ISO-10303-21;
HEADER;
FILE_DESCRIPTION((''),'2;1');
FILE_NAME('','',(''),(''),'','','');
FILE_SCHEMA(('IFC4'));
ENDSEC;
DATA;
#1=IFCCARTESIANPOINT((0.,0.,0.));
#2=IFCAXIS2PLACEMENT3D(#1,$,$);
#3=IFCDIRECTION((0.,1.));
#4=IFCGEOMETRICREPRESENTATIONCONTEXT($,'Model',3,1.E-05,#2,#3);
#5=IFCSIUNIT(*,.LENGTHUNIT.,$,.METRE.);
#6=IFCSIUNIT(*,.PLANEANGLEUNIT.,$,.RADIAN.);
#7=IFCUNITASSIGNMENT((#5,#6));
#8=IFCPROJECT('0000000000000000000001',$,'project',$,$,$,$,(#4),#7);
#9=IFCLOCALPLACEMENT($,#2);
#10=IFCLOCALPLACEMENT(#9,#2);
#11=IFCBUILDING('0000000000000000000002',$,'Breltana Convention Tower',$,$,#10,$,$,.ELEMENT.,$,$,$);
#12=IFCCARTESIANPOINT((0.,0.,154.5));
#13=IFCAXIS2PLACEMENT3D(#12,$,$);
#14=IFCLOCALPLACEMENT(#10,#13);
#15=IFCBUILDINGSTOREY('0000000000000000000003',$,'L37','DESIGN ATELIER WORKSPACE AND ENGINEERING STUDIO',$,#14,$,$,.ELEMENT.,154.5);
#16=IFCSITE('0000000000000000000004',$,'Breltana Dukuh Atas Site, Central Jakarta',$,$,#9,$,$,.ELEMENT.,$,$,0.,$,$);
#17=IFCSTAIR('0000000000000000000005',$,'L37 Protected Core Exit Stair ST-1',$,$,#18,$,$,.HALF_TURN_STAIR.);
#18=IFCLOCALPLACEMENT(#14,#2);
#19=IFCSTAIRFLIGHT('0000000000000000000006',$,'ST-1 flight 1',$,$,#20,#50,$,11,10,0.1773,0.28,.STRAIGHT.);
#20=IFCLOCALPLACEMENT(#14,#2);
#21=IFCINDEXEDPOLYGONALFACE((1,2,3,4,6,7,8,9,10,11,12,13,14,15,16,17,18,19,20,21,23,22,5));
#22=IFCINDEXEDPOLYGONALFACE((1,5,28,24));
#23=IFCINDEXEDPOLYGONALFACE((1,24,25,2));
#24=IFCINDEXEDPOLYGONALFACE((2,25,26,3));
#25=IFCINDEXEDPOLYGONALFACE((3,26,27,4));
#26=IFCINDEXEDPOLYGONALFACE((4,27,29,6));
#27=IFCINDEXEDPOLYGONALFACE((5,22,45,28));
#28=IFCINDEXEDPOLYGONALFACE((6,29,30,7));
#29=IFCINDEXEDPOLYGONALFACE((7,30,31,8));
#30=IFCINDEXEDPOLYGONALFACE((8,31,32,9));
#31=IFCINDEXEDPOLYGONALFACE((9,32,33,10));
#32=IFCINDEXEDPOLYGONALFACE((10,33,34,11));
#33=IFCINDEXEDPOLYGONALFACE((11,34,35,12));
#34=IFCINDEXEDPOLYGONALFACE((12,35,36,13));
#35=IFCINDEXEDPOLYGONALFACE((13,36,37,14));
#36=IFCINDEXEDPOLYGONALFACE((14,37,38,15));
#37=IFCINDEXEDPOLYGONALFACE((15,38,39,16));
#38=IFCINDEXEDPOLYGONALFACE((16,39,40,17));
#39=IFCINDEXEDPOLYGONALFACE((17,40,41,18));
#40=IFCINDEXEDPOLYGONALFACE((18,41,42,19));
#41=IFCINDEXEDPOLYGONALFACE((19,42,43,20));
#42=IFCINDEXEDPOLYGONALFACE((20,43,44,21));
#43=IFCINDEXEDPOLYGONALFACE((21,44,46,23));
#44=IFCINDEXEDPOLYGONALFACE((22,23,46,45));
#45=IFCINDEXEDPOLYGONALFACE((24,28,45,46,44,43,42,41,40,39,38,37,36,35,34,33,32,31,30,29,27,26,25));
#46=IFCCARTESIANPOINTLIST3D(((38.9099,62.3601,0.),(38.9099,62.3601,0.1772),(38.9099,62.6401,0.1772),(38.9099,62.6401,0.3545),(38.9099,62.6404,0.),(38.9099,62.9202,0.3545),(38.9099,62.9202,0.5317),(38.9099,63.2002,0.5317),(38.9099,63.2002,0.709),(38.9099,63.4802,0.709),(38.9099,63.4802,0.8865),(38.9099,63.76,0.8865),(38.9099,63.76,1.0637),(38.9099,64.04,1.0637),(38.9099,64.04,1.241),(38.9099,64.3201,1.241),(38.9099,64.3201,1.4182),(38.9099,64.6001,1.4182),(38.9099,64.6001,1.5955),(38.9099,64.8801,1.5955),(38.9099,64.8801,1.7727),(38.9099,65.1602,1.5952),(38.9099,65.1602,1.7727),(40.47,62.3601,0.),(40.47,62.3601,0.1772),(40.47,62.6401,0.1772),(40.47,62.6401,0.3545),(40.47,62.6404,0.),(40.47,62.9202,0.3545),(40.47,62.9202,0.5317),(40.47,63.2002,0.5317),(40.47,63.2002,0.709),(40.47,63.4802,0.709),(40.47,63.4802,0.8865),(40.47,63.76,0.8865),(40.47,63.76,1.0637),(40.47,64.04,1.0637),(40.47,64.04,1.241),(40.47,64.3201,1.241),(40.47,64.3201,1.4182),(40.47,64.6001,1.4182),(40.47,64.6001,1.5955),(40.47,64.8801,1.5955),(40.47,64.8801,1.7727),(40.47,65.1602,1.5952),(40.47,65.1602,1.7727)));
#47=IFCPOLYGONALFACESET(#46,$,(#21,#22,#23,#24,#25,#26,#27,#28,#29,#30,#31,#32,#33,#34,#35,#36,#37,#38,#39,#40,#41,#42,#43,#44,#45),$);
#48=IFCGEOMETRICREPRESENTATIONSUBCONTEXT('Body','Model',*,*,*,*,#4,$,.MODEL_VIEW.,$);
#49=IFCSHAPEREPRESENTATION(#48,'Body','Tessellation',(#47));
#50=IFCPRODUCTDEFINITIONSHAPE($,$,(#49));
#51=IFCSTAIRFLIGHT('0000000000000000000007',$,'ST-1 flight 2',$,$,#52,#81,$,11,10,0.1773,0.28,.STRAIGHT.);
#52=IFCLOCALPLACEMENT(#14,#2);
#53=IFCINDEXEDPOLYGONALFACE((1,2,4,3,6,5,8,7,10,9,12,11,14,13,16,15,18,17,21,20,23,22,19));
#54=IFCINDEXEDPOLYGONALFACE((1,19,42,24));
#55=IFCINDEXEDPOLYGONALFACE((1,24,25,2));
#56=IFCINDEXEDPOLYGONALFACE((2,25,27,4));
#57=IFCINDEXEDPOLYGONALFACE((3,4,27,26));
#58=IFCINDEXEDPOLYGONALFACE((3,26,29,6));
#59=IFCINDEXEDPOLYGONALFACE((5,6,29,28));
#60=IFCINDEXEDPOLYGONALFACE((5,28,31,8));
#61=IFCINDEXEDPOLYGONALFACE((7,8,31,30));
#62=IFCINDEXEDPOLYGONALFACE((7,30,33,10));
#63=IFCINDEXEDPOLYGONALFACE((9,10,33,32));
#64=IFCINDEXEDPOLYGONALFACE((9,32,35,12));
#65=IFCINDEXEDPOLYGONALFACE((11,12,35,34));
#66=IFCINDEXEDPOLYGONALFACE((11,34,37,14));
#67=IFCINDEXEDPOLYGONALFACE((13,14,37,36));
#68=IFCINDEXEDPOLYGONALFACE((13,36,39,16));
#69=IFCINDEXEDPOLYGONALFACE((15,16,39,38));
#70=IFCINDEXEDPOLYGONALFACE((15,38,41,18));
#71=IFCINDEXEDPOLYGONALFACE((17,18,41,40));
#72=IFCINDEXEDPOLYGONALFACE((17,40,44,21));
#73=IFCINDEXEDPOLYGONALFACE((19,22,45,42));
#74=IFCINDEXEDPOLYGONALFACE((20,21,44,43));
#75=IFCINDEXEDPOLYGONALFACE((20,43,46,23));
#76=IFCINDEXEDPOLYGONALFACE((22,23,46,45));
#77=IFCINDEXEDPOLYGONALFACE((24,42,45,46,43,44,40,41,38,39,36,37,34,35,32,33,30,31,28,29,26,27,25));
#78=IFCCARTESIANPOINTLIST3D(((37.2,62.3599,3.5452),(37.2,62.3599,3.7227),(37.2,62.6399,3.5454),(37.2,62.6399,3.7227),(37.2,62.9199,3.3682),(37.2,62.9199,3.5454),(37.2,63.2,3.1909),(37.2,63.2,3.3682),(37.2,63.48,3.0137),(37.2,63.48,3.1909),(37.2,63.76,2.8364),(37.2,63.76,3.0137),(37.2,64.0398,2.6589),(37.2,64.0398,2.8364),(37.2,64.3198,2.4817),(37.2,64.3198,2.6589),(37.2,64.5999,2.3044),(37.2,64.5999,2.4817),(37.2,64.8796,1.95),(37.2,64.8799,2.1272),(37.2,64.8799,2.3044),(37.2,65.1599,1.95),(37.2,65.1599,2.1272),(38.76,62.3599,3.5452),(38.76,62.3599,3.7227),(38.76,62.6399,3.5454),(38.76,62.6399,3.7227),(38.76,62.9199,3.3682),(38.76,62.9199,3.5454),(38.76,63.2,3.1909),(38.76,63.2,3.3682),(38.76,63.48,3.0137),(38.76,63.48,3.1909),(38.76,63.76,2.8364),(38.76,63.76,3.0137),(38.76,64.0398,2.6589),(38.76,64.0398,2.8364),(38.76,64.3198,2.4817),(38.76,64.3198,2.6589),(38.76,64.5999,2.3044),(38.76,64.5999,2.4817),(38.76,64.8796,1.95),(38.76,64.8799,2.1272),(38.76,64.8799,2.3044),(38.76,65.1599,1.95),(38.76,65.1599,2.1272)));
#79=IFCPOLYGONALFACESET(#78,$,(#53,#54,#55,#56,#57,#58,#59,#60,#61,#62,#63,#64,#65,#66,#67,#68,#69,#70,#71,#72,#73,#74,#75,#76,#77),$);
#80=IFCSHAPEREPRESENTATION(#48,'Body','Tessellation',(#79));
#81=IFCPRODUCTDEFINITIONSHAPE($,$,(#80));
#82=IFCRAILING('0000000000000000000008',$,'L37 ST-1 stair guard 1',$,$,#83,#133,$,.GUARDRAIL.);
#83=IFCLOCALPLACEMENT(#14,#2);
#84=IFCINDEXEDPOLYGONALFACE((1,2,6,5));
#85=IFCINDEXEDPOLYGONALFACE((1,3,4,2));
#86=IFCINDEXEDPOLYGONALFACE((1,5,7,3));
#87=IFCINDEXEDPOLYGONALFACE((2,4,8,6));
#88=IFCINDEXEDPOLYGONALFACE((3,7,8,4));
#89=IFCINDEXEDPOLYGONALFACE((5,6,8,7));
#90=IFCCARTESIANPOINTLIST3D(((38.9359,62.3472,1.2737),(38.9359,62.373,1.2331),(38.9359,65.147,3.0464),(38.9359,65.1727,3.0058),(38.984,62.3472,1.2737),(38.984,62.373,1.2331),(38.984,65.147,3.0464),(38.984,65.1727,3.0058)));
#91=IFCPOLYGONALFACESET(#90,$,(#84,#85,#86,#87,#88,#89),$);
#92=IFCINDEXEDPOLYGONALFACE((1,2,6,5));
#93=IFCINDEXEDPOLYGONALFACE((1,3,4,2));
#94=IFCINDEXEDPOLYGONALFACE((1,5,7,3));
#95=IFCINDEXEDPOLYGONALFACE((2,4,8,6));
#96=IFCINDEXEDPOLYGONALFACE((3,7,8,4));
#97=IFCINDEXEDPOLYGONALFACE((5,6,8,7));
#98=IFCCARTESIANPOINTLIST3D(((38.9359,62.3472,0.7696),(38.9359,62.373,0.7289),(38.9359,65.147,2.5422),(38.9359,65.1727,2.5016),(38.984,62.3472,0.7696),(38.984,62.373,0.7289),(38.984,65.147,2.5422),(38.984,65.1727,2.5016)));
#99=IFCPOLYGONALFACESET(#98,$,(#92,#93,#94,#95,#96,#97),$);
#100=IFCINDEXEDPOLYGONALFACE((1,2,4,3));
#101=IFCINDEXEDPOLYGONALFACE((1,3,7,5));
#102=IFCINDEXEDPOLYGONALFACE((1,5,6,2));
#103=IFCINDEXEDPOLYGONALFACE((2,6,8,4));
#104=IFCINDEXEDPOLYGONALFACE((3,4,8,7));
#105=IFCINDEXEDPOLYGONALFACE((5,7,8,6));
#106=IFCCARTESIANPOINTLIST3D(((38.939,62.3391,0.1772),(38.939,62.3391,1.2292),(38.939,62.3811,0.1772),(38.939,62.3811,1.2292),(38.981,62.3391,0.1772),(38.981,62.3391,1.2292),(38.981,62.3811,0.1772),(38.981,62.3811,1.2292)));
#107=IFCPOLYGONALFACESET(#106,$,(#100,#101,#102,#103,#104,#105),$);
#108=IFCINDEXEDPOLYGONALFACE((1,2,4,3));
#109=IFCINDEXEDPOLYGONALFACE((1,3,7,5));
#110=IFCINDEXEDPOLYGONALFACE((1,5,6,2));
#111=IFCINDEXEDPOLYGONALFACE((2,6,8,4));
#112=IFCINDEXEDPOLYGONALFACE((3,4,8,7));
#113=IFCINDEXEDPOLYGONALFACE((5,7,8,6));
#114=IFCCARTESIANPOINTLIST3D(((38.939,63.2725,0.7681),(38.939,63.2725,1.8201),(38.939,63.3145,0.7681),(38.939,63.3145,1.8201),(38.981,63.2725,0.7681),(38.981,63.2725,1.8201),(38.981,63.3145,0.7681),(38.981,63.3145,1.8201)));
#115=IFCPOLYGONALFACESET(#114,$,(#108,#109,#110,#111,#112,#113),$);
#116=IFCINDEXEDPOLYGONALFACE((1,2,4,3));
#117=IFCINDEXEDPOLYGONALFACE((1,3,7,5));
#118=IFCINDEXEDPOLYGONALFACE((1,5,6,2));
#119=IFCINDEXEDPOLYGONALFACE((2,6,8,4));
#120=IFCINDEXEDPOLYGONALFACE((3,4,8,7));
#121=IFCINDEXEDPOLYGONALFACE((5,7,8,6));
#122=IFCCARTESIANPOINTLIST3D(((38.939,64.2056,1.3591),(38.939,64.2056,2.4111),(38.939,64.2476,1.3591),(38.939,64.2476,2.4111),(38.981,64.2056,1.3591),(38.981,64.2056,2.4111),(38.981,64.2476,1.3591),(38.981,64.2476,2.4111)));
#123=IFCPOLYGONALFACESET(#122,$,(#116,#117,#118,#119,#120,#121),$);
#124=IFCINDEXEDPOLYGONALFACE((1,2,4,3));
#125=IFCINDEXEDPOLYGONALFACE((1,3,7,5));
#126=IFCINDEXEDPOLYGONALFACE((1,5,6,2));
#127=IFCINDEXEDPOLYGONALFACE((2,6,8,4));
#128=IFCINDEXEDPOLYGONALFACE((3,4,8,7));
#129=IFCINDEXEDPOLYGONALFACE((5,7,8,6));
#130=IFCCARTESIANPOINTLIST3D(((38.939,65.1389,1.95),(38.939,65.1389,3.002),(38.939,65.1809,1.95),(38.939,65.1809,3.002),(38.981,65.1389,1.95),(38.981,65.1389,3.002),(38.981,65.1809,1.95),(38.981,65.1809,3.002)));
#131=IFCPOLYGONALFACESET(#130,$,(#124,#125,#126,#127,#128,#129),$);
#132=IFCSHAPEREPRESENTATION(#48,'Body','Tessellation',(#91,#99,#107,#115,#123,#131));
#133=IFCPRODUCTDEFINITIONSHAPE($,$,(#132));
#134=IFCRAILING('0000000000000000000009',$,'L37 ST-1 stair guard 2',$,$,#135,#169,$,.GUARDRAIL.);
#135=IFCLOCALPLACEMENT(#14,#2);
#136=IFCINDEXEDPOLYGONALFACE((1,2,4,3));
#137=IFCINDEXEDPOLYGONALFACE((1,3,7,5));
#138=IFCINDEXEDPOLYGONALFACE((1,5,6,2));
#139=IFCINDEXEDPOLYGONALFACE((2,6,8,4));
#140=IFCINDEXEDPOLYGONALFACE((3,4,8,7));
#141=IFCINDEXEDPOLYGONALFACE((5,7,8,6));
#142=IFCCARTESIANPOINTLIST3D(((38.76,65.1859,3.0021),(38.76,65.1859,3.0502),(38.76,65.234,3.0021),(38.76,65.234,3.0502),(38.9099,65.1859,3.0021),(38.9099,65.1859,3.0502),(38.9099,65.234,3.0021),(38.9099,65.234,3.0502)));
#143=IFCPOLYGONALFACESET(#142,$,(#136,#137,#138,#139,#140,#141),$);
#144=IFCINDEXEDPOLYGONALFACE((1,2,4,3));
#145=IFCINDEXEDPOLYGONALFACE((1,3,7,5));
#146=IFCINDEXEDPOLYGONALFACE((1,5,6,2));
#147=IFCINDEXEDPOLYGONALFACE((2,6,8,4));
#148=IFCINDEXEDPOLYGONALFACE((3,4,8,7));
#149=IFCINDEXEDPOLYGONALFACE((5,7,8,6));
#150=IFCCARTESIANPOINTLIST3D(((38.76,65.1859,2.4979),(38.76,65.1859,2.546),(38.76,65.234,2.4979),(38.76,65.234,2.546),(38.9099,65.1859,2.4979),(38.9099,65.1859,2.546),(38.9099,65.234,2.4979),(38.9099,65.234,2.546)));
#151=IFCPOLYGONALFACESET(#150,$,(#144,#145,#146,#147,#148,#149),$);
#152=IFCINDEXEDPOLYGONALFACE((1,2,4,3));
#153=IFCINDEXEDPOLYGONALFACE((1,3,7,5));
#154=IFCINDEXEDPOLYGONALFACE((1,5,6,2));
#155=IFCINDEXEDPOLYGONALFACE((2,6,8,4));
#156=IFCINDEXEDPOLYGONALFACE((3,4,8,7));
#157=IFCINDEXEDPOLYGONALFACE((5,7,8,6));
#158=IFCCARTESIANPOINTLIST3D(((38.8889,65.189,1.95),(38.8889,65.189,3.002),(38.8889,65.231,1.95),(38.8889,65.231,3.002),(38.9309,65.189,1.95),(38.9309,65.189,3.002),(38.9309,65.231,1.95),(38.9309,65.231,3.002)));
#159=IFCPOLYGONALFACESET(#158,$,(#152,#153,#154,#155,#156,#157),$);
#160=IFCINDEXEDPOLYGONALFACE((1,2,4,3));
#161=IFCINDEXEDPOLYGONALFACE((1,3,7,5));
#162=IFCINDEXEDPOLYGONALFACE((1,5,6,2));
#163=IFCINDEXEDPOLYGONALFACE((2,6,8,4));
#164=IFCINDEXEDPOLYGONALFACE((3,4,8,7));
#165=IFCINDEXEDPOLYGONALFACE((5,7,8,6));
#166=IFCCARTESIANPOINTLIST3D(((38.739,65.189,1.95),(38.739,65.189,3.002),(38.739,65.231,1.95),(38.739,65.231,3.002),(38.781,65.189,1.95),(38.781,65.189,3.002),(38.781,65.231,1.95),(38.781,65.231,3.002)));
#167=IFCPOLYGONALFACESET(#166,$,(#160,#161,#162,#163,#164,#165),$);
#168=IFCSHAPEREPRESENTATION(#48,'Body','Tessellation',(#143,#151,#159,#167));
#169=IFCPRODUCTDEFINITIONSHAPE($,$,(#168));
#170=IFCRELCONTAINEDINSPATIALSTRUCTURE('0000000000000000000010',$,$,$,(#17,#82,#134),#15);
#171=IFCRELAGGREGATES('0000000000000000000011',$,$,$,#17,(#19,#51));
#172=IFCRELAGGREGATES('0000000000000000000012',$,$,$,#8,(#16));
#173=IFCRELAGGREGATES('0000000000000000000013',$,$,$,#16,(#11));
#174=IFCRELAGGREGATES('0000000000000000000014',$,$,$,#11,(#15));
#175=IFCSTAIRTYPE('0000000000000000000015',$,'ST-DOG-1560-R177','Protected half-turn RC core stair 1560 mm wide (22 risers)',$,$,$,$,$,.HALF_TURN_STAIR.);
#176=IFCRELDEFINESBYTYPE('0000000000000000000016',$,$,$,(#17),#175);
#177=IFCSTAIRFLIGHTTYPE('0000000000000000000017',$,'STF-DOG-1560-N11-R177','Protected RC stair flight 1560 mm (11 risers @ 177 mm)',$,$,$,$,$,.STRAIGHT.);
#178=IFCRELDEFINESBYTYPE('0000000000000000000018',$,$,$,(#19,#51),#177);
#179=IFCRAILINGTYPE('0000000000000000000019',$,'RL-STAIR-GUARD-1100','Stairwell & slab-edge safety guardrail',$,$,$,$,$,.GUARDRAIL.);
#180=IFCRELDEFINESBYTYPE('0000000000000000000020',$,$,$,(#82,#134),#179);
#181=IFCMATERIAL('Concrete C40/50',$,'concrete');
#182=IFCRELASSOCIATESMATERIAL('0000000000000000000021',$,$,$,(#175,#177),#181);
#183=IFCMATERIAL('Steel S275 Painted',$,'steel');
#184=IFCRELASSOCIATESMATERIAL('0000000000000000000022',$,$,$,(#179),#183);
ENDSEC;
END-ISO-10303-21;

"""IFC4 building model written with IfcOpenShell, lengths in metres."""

from ifc_helpers import new_model, si_unit, direction, frame, origin, origin_2d, place, context, subcontext, project, spatial, polyline, rectangle, outline, extrude, material, type_object, element, aggregate, save


model = new_model("IFC4")

# Units and contexts
model_context = context("Model", 3, precision=1e-05, world=origin(), true_north=direction((0.0, 1.0)))
body_context = subcontext(model_context, "Body", "Model", "MODEL_VIEW")
ifc_project = project(units=[si_unit("LENGTHUNIT", "METRE"), si_unit("PLANEANGLEUNIT", "RADIAN")], contexts=[model_context])

# Site, building, storey
site_placement = place(None, origin())
site = spatial("IfcSite", under=ifc_project, at=site_placement, Name="Breltana Dukuh Atas Site, Central Jakarta", CompositionType="ELEMENT", RefElevation=0.0)
building_placement = place(site_placement, origin())
building = spatial("IfcBuilding", under=site, at=building_placement, Name="Breltana Convention Tower", CompositionType="ELEMENT")
storey_placement = place(building_placement, frame((0.0, 0.0, 154.5)))
storey = spatial("IfcBuildingStorey", under=building, at=storey_placement, Name="L37", Description="DESIGN ATELIER WORKSPACE AND ENGINEERING STUDIO", CompositionType="ELEMENT", Elevation=154.5)

# Stair, stair flights
ifc_material_1 = material(Name="Concrete C40/50", Category="concrete")
stair_type = type_object("IfcStairType", Name="ST-DOG-1560-R177", Description="Protected half-turn RC core stair 1560 mm wide (22 risers)", PredefinedType="HALF_TURN_STAIR", material=ifc_material_1)
stair_placement = place(storey_placement, origin())
stair = element("IfcStair", 1, at=stair_placement, inside=storey, type_object=stair_type, Name="L37 Protected Core Exit Stair ST-1", PredefinedType="HALF_TURN_STAIR")
stair_flight_type = type_object("IfcStairFlightType", Name="STF-DOG-1560-N11-R177", Description="Protected RC stair flight 1560 mm (11 risers @ 177 mm)", PredefinedType="STRAIGHT", material=ifc_material_1)
stair_flight_1_placement = place(storey_placement, frame((39.6899, 62.3601, 0.0), z_axis=(0.0, 0.0, 1.0), x_axis=(0.0, 1.0, 0.0)))
stair_flight_1 = element("IfcStairFlight", 2, at=stair_flight_1_placement, type_object=stair_flight_type, Name="ST-1 flight 1", NumberOfRisers=11, NumberOfTreads=10, PredefinedType="STRAIGHT", RiserHeight=0.1773, TreadLength=0.28, context=body_context, shape_type="SweptSolid", body=[
    extrude(outline(polyline([(0.0, 0.0), (0.0, 0.1772), (0.28, 0.1772), (0.28, 0.3545), (0.5601, 0.3545), (0.5601, 0.5317), (0.8401, 0.5317), (0.8401, 0.709), (1.1201, 0.709), (1.1201, 0.8865), (1.3999, 0.8865), (1.3999, 1.0637), (1.6799, 1.0637), (1.6799, 1.241), (1.96, 1.241), (1.96, 1.4182), (2.24, 1.4182), (2.24, 1.5955), (2.52, 1.5955), (2.52, 1.7727), (2.8, 1.7727), (2.8, 1.95), (2.8, 1.5952), (0.2803, 0.0), (0.0, 0.0)])), frame((0.0, 0.78, 0.0), z_axis=(0.0, -1.0, 0.0), x_axis=(1.0, 0.0, 0.0)), (0.0, 0.0, 1.0), 1.5601),
])
stair_flight_2_placement = place(storey_placement, frame((37.98, 65.1599, 1.95), z_axis=(0.0, 0.0, 1.0), x_axis=(0.0, -1.0, 0.0)))
stair_flight_2 = element("IfcStairFlight", 3, at=stair_flight_2_placement, type_object=stair_flight_type, Name="ST-1 flight 2", NumberOfRisers=11, NumberOfTreads=10, PredefinedType="STRAIGHT", RiserHeight=0.1773, TreadLength=0.28, context=body_context, shape_type="SweptSolid", body=[
    extrude(outline(polyline([(0.0, 0.0), (0.0, 0.1772), (0.28, 0.1772), (0.28, 0.3545), (0.5601, 0.3545), (0.5601, 0.5317), (0.8401, 0.5317), (0.8401, 0.709), (1.1201, 0.709), (1.1201, 0.8865), (1.3999, 0.8865), (1.3999, 1.0637), (1.6799, 1.0637), (1.6799, 1.241), (1.96, 1.241), (1.96, 1.4182), (2.24, 1.4182), (2.24, 1.5955), (2.52, 1.5955), (2.52, 1.7727), (2.8, 1.7727), (2.8, 1.95), (2.8, 1.5952), (0.2803, 0.0), (0.0, 0.0)])), frame((0.0, 0.78, 0.0), z_axis=(0.0, -1.0, 0.0), x_axis=(1.0, 0.0, 0.0)), (0.0, 0.0, 1.0), 1.5601),
])
aggregate(stair, [stair_flight_1, stair_flight_2])

# Railings
ifc_material_2 = material(Name="Steel S275 Painted", Category="steel")
railing_type_1 = type_object("IfcRailingType", Name="RL-STAIR-GUARD-1100", Description="Stairwell & slab-edge safety guardrail", PredefinedType="GUARDRAIL", material=ifc_material_2)
railing_1_placement = place(storey_placement, frame((38.96, 62.3601, 0.1772)))
element("IfcRailing", 4, at=railing_1_placement, inside=storey, type_object=railing_type_1, Name="L37 ST-1 stair guard 1", PredefinedType="GUARDRAIL", context=body_context, shape_type="SweptSolid", body=[
    extrude(rectangle(XDim=0.0481, YDim=0.0481, at=origin_2d()), frame((0.0, 0.0, 1.0762), z_axis=(0.0, 0.844888, 0.534943), x_axis=(-1.0, 0.0, 0.0)), (0.0, 0.0, 1.0), 3.3137),
    extrude(rectangle(XDim=0.0481, YDim=0.0481, at=origin_2d()), frame((0.0, 0.0, 0.572), z_axis=(0.0, 0.844888, 0.534943), x_axis=(-1.0, 0.0, 0.0)), (0.0, 0.0, 1.0), 3.3137),
    extrude(rectangle(XDim=0.042, YDim=0.042, at=origin_2d()), origin(), (0.0, 0.0, 1.0), 1.052),
    extrude(rectangle(XDim=0.042, YDim=0.042, at=origin_2d()), frame((0.0, 0.9333, 0.5908)), (0.0, 0.0, 1.0), 1.052),
    extrude(rectangle(XDim=0.042, YDim=0.042, at=origin_2d()), frame((0.0, 1.8665, 1.1819)), (0.0, 0.0, 1.0), 1.052),
    extrude(rectangle(XDim=0.042, YDim=0.042, at=origin_2d()), frame((0.0, 2.7998, 1.7727)), (0.0, 0.0, 1.0), 1.052),
])
railing_2_placement = place(storey_placement, frame((38.9099, 65.21, 1.95)))
element("IfcRailing", 5, at=railing_2_placement, inside=storey, type_object=railing_type_1, Name="L37 ST-1 stair guard 2", PredefinedType="GUARDRAIL", context=body_context, shape_type="SweptSolid", body=[
    extrude(rectangle(XDim=0.0481, YDim=0.0481, at=origin_2d()), frame((0.0, 0.0, 1.0762), z_axis=(-1.0, 0.0, 0.0), x_axis=(0.0, -1.0, 0.0)), (0.0, 0.0, 1.0), 0.1499),
    extrude(rectangle(XDim=0.0481, YDim=0.0481, at=origin_2d()), frame((0.0, 0.0, 0.572), z_axis=(-1.0, 0.0, 0.0), x_axis=(0.0, -1.0, 0.0)), (0.0, 0.0, 1.0), 0.1499),
    extrude(rectangle(XDim=0.042, YDim=0.042, at=origin_2d()), origin(), (0.0, 0.0, 1.0), 1.052),
    extrude(rectangle(XDim=0.042, YDim=0.042, at=origin_2d()), frame((-0.1499, 0.0, 0.0)), (0.0, 0.0, 1.0), 1.052),
])

save(model, "model.ifc")
